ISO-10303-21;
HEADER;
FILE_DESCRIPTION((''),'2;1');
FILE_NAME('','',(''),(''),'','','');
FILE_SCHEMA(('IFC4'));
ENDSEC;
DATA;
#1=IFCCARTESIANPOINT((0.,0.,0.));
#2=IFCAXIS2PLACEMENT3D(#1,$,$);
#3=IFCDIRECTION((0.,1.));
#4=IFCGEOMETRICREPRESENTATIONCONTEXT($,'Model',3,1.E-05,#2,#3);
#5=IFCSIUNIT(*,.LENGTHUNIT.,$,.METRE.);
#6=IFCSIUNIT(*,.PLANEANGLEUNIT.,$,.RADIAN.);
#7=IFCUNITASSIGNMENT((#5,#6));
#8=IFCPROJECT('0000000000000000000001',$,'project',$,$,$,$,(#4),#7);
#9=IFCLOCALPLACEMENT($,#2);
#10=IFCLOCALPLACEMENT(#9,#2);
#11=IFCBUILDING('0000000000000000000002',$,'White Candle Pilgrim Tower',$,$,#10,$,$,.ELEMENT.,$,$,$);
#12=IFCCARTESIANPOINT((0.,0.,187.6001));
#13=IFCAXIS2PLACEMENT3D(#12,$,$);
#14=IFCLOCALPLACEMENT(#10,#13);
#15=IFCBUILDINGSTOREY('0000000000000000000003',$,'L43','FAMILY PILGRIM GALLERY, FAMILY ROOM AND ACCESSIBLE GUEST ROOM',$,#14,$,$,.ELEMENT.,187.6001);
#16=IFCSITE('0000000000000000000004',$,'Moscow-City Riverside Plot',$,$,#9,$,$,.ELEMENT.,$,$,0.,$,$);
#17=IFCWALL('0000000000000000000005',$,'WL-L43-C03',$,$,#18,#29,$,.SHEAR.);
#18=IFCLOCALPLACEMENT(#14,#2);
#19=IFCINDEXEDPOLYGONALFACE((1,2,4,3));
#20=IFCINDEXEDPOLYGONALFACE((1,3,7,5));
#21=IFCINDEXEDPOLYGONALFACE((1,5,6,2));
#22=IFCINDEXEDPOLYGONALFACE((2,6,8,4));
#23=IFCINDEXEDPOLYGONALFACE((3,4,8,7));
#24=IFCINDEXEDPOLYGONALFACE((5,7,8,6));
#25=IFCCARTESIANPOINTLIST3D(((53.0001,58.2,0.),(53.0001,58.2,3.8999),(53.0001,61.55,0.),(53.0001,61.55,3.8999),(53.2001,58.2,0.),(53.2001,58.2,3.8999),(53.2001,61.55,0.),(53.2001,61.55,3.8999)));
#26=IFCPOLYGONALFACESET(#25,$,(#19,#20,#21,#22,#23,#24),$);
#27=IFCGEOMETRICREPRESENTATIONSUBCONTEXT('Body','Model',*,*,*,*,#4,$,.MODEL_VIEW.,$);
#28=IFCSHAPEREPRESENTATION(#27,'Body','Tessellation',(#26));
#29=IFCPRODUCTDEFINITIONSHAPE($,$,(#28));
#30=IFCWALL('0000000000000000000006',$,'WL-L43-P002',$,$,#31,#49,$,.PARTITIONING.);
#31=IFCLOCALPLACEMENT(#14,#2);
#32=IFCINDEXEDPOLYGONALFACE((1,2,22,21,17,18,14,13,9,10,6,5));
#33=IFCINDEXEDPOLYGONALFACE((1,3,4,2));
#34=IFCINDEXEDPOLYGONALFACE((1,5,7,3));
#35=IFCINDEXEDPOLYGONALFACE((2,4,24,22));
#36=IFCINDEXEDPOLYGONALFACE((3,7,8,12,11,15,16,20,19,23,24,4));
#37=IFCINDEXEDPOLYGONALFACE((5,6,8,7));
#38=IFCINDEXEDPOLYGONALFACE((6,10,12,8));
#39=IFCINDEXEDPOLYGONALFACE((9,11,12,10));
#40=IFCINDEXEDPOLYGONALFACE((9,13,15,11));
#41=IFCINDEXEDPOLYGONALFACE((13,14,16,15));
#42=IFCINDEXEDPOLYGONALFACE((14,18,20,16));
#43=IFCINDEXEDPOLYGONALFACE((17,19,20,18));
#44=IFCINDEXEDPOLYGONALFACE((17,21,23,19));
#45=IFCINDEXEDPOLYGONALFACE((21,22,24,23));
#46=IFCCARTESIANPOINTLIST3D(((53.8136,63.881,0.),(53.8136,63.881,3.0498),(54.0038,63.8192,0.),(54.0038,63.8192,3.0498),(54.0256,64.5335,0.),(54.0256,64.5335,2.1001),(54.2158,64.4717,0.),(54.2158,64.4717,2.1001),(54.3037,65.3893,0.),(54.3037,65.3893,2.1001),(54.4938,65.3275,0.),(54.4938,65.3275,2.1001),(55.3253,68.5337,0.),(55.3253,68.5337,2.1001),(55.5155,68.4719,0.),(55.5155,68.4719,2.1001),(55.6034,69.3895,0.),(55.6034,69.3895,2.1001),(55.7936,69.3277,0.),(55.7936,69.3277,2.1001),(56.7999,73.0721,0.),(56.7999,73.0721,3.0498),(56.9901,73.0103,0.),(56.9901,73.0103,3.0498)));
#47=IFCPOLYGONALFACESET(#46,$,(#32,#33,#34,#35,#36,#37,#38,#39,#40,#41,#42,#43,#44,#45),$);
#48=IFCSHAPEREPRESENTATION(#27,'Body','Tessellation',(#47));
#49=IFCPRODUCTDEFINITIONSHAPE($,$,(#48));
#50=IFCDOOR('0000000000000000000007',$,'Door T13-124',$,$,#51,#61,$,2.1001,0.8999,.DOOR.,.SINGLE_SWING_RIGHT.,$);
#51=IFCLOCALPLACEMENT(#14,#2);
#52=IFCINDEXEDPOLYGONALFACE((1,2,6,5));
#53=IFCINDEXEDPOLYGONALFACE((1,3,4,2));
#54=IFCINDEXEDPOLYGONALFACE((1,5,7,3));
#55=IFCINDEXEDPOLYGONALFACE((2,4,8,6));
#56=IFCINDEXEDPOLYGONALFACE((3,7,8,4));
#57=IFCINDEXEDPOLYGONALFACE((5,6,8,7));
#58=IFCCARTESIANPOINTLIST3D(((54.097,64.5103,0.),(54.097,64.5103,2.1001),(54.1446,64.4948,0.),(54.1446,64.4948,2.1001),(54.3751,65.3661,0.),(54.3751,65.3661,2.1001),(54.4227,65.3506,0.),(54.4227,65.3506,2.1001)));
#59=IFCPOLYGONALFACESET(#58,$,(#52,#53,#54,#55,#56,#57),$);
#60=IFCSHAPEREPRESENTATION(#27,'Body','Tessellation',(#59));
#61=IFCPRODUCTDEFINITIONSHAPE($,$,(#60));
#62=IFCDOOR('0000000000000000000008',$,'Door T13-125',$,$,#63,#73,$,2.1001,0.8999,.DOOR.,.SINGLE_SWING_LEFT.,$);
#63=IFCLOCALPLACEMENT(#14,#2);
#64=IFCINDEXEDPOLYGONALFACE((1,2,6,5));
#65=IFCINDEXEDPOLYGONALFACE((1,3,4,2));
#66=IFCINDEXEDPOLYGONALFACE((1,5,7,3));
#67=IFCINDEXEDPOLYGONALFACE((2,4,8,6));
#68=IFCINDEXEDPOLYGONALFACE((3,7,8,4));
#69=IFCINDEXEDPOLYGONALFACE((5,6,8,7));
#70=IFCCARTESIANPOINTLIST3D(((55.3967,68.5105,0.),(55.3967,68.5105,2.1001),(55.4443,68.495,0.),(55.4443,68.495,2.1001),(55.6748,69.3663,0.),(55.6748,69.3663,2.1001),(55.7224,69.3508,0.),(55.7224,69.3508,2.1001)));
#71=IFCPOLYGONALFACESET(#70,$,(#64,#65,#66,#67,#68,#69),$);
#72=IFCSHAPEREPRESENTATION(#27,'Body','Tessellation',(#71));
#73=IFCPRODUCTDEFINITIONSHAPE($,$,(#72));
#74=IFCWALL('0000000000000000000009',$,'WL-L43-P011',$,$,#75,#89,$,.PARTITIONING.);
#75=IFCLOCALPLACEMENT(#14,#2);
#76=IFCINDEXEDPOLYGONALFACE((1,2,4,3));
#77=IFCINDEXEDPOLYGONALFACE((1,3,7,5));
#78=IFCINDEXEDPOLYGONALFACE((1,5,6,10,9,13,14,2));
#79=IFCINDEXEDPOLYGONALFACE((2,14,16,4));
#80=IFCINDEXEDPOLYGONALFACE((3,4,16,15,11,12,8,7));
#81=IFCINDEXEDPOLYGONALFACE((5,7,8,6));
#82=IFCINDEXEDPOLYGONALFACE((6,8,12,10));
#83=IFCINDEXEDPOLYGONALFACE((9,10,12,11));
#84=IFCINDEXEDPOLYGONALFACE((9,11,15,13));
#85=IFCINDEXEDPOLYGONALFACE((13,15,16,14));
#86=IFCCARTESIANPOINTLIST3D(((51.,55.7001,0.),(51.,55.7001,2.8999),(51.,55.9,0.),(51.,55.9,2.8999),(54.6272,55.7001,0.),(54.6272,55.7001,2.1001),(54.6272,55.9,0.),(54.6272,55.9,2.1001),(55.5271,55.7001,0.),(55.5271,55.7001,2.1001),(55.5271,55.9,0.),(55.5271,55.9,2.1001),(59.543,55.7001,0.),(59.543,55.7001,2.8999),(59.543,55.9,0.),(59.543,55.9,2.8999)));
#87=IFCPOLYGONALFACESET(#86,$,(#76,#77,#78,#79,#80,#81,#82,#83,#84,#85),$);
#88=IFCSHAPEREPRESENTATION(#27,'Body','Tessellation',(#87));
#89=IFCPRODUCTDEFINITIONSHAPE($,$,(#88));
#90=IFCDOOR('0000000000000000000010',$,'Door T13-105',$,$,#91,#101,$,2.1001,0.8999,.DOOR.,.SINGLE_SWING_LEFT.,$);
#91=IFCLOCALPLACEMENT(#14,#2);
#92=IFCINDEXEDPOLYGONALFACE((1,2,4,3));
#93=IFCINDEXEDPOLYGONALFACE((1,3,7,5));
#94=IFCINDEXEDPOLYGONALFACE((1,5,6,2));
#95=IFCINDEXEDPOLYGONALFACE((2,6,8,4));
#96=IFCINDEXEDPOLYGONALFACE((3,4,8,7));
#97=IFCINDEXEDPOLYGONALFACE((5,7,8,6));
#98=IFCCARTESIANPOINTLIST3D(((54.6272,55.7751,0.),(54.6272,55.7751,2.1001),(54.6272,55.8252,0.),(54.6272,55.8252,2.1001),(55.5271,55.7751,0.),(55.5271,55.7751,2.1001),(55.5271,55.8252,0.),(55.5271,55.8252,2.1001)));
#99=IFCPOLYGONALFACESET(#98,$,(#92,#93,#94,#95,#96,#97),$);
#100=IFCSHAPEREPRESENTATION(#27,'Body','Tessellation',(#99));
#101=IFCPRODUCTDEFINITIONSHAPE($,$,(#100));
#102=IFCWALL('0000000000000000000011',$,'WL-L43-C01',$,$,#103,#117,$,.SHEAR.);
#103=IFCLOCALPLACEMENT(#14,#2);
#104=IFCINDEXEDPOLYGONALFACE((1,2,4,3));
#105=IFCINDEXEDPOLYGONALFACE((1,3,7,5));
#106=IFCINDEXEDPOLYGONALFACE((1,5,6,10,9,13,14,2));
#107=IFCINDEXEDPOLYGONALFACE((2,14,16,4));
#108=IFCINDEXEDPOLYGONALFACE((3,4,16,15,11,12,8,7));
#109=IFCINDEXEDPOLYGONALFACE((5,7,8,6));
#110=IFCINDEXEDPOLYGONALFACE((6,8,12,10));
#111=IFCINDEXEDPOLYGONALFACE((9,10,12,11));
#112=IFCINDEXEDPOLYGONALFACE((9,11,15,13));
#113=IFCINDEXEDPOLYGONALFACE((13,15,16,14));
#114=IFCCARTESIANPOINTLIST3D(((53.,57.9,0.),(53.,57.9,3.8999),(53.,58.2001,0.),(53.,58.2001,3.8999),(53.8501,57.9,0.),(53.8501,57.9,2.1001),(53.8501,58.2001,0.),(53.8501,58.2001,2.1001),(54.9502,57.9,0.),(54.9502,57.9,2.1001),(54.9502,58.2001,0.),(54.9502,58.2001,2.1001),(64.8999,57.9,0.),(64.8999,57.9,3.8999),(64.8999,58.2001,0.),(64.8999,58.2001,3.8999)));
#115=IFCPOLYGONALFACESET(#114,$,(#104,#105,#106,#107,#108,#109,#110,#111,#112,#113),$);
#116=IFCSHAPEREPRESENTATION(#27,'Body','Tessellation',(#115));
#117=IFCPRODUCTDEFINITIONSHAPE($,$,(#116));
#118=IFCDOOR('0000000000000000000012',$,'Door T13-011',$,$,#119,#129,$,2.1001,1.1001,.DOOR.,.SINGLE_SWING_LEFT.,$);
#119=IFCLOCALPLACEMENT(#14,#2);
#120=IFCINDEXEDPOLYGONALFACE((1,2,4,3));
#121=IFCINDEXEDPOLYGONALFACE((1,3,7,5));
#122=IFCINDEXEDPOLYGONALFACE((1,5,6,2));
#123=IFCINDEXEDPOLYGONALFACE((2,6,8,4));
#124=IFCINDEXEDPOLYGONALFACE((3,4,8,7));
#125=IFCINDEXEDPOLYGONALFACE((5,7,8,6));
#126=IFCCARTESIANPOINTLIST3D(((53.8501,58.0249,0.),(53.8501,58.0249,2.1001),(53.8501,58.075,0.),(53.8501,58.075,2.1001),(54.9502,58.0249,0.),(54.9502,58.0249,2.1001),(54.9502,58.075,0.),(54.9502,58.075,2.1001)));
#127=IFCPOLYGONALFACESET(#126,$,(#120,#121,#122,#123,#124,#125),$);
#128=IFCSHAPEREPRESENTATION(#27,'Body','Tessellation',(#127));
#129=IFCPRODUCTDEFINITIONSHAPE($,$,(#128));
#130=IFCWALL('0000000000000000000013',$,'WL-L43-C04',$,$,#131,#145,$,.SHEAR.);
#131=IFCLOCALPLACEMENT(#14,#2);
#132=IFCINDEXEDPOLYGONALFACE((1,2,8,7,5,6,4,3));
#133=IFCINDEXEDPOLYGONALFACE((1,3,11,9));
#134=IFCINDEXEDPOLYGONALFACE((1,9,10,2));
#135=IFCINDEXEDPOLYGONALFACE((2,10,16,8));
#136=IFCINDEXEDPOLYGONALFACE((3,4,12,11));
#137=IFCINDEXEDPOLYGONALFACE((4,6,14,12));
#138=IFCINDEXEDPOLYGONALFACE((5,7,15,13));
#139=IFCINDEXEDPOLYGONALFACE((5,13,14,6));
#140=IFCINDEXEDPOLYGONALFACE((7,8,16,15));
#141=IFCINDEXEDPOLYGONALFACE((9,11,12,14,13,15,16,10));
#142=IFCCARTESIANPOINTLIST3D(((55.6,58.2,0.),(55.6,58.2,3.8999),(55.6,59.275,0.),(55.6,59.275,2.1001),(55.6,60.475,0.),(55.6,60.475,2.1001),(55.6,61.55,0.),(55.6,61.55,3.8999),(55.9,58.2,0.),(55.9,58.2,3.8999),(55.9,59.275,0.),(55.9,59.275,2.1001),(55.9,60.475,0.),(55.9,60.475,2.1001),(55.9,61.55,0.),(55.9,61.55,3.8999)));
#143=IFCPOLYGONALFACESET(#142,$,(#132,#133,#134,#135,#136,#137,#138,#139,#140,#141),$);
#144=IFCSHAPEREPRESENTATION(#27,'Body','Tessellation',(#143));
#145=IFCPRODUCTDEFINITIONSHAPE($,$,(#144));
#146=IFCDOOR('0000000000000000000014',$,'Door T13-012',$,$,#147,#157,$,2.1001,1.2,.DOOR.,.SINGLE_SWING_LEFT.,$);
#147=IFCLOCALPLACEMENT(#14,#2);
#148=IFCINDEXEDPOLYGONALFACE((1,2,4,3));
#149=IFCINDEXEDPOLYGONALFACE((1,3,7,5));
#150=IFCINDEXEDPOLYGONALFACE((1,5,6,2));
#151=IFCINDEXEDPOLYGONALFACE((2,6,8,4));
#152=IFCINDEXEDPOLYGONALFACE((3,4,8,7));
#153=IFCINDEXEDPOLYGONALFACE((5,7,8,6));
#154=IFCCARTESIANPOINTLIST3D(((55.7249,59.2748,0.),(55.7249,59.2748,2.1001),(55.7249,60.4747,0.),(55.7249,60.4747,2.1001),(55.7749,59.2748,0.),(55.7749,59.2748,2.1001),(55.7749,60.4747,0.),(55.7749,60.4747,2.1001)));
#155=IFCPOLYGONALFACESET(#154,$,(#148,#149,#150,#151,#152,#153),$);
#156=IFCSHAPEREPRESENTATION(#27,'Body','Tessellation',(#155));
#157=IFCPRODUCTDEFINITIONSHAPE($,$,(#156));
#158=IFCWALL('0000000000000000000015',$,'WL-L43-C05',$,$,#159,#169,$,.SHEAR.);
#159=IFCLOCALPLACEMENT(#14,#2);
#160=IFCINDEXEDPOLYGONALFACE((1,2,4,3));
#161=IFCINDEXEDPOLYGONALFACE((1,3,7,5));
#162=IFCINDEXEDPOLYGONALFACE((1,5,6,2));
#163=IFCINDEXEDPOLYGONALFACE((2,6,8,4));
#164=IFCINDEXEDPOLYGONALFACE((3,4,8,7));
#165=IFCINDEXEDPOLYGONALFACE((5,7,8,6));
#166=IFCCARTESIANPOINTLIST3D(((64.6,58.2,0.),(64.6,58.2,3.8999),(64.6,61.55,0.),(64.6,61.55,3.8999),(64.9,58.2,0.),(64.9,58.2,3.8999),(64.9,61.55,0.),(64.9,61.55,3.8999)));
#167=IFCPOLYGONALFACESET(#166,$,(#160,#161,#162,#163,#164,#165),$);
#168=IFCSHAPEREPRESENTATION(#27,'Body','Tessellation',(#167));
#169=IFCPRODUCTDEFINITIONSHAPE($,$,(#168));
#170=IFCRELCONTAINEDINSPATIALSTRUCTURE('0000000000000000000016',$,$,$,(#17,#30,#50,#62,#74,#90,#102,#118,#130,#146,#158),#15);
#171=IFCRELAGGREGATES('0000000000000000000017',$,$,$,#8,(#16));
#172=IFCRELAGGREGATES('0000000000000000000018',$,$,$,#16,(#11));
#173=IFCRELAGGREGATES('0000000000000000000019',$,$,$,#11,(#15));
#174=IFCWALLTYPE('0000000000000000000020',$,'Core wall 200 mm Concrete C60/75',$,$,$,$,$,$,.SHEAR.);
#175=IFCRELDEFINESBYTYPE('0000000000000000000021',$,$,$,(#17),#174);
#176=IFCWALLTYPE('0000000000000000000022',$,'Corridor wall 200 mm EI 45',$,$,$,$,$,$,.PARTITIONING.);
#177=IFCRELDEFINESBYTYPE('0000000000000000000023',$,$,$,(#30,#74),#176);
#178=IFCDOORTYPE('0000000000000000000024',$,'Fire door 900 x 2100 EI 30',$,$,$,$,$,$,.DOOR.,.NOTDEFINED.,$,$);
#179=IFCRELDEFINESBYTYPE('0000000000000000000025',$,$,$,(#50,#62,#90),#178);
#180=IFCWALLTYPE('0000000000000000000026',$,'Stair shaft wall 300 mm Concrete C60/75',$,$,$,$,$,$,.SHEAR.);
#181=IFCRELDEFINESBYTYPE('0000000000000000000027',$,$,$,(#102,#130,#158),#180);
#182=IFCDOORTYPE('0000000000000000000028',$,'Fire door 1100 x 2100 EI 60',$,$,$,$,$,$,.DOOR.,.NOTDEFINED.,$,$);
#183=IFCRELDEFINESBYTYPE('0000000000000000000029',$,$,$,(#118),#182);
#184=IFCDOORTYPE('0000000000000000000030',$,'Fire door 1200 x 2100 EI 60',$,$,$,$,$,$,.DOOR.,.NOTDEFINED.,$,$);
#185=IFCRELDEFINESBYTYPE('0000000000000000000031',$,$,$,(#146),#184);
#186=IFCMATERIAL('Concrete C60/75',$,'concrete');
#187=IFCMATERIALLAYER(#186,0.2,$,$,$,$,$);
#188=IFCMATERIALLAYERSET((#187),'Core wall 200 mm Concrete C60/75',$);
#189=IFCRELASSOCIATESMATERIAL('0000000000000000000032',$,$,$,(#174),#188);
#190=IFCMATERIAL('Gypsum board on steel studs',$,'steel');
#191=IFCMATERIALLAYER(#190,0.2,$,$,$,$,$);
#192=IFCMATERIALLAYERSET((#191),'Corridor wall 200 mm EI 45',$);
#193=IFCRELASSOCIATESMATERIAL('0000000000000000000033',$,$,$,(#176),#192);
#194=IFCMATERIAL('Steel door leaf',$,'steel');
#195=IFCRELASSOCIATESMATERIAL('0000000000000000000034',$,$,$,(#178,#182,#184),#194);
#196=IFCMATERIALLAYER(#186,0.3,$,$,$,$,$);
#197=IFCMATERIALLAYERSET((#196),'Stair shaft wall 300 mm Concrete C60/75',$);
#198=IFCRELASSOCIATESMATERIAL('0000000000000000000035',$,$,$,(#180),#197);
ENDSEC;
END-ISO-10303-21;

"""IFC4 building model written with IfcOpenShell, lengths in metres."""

from ifc_helpers import new_model, si_unit, direction, frame, frame_2d, origin, place, context, subcontext, project, spatial, rectangle, extrude, material, layer, layer_set, type_object, element, fill, save


model = new_model("IFC4")

# Units and contexts
model_context = context("Model", 3, precision=1e-05, world=origin(), true_north=direction((0.0, 1.0)))
body_context = subcontext(model_context, "Body", "Model", "MODEL_VIEW")
ifc_project = project(units=[si_unit("LENGTHUNIT", "METRE"), si_unit("PLANEANGLEUNIT", "RADIAN")], contexts=[model_context])

# Site, building, storey
site_placement = place(None, origin())
site = spatial("IfcSite", under=ifc_project, at=site_placement, Name="Moscow-City Riverside Plot", CompositionType="ELEMENT", RefElevation=0.0)
building_placement = place(site_placement, origin())
building = spatial("IfcBuilding", under=site, at=building_placement, Name="White Candle Pilgrim Tower", CompositionType="ELEMENT")
storey_placement = place(building_placement, frame((0.0, 0.0, 187.6001)))
storey = spatial("IfcBuildingStorey", under=building, at=storey_placement, Name="L43", Description="FAMILY PILGRIM GALLERY, FAMILY ROOM AND ACCESSIBLE GUEST ROOM", CompositionType="ELEMENT", Elevation=187.6001)

# Wall
ifc_material_1 = material(Name="Concrete C60/75", Category="concrete")
ifc_layer_1 = layer(ifc_material_1, 0.2)
ifc_layer_set_1 = layer_set([ifc_layer_1], Name="Core wall 200 mm Concrete C60/75")
wall_type_1 = type_object("IfcWallType", Name="Core wall 200 mm Concrete C60/75", PredefinedType="SHEAR", material=ifc_layer_set_1)
wall_1_placement = place(storey_placement, frame((53.1001, 58.2, 0.0), z_axis=(0.0, 0.0, 1.0), x_axis=(0.0, 1.0, 0.0)))
element("IfcWall", 1, at=wall_1_placement, inside=storey, type_object=wall_type_1, Name="WL-L43-C03", PredefinedType="SHEAR", context=body_context, shape_type="SweptSolid", body=[
    extrude(rectangle(XDim=3.3501, YDim=0.2, at=frame_2d((1.675, 0.0))), origin(), (0.0, 0.0, 1.0), 3.8999),
])

# Wall, openings, doors
ifc_material_2 = material(Name="Gypsum board on steel studs", Category="steel")
ifc_layer_2 = layer(ifc_material_2, 0.2)
ifc_layer_set_2 = layer_set([ifc_layer_2], Name="Corridor wall 200 mm EI 45")
wall_type_2 = type_object("IfcWallType", Name="Corridor wall 200 mm EI 45", PredefinedType="PARTITIONING", material=ifc_layer_set_2)
wall_2_placement = place(storey_placement, frame((53.9087, 63.8501, 0.0), z_axis=(0.0, 0.0, 1.0), x_axis=(0.309011, 0.951058, 0.0)))
wall_2 = element("IfcWall", 2, at=wall_2_placement, inside=storey, type_object=wall_type_2, Name="WL-L43-P002", PredefinedType="PARTITIONING", context=body_context, shape_type="SweptSolid", body=[
    extrude(rectangle(XDim=9.6641, YDim=0.2, at=frame_2d((4.832, 0.0))), origin(), (0.0, 0.0, 1.0), 3.0498),
])
opening_1_placement = place(wall_2_placement, frame((0.686, 0.0, 0.0)))
opening_1 = element("IfcOpeningElement", 3, at=opening_1_placement, cuts=wall_2, PredefinedType="OPENING", context=body_context, shape_type="SweptSolid", body=[
    extrude(rectangle(XDim=0.8999, YDim=2.1001, at=frame_2d((0.45, 1.05))), frame((0.0, 0.1099, 0.0), z_axis=(0.0, -1.0, 0.0), x_axis=(1.0, 0.0, 0.0)), (0.0, 0.0, 1.0), 0.22),
])
opening_2_placement = place(wall_2_placement, frame((4.8921, 0.0, 0.0)))
opening_2 = element("IfcOpeningElement", 4, at=opening_2_placement, cuts=wall_2, PredefinedType="OPENING", context=body_context, shape_type="SweptSolid", body=[
    extrude(rectangle(XDim=0.8999, YDim=2.1001, at=frame_2d((0.45, 1.05))), frame((0.0, 0.1099, 0.0), z_axis=(0.0, -1.0, 0.0), x_axis=(1.0, 0.0, 0.0)), (0.0, 0.0, 1.0), 0.22),
])
ifc_material_3 = material(Name="Steel door leaf", Category="steel")
door_type_1 = type_object("IfcDoorType", Name="Fire door 900 x 2100 EI 30", OperationType="NOTDEFINED", PredefinedType="DOOR", material=ifc_material_3)
door_1_placement = place(opening_1_placement, origin())
door_1 = element("IfcDoor", 5, at=door_1_placement, inside=storey, type_object=door_type_1, Name="Door T13-124", OperationType="SINGLE_SWING_RIGHT", OverallHeight=2.1001, OverallWidth=0.8999, PredefinedType="DOOR", context=body_context, shape_type="SweptSolid", body=[
    extrude(rectangle(XDim=0.8999, YDim=2.1001, at=frame_2d((0.45, 1.05))), frame((0.0, 0.0249, 0.0), z_axis=(0.0, -1.0, 0.0), x_axis=(1.0, 0.0, 0.0)), (0.0, 0.0, 1.0), 0.05),
])
fill(opening_1, door_1)
door_2_placement = place(opening_2_placement, origin())
door_2 = element("IfcDoor", 6, at=door_2_placement, inside=storey, type_object=door_type_1, Name="Door T13-125", OperationType="SINGLE_SWING_LEFT", OverallHeight=2.1001, OverallWidth=0.8999, PredefinedType="DOOR", context=body_context, shape_type="SweptSolid", body=[
    extrude(rectangle(XDim=0.8999, YDim=2.1001, at=frame_2d((0.45, 1.05))), frame((0.0, 0.0249, 0.0), z_axis=(0.0, -1.0, 0.0), x_axis=(1.0, 0.0, 0.0)), (0.0, 0.0, 1.0), 0.05),
])
fill(opening_2, door_2)

# Walls, openings, doors
wall_3_placement = place(storey_placement, frame((59.543, 55.8, 0.0), z_axis=(0.0, 0.0, 1.0), x_axis=(-1.0, 0.0, 0.0)))
wall_3 = element("IfcWall", 7, at=wall_3_placement, inside=storey, type_object=wall_type_2, Name="WL-L43-P011", PredefinedType="PARTITIONING", context=body_context, shape_type="SweptSolid", body=[
    extrude(rectangle(XDim=8.543, YDim=0.2, at=frame_2d((4.2715, 0.0))), origin(), (0.0, 0.0, 1.0), 2.8999),
])
opening_3_placement = place(wall_3_placement, frame((4.0159, 0.0, 0.0)))
opening_3 = element("IfcOpeningElement", 8, at=opening_3_placement, cuts=wall_3, PredefinedType="OPENING", context=body_context, shape_type="SweptSolid", body=[
    extrude(rectangle(XDim=0.8999, YDim=2.1001, at=frame_2d((0.45, 1.05))), frame((0.0, 0.1099, 0.0), z_axis=(0.0, -1.0, 0.0), x_axis=(1.0, 0.0, 0.0)), (0.0, 0.0, 1.0), 0.22),
])
door_3_placement = place(opening_3_placement, origin())
door_3 = element("IfcDoor", 9, at=door_3_placement, inside=storey, type_object=door_type_1, Name="Door T13-105", OperationType="SINGLE_SWING_LEFT", OverallHeight=2.1001, OverallWidth=0.8999, PredefinedType="DOOR", context=body_context, shape_type="SweptSolid", body=[
    extrude(rectangle(XDim=0.8999, YDim=2.1001, at=frame_2d((0.45, 1.05))), frame((0.0, 0.0249, 0.0), z_axis=(0.0, -1.0, 0.0), x_axis=(1.0, 0.0, 0.0)), (0.0, 0.0, 1.0), 0.05),
])
fill(opening_3, door_3)
ifc_layer_3 = layer(ifc_material_1, 0.3)
ifc_layer_set_3 = layer_set([ifc_layer_3], Name="Stair shaft wall 300 mm Concrete C60/75")
wall_type_3 = type_object("IfcWallType", Name="Stair shaft wall 300 mm Concrete C60/75", PredefinedType="SHEAR", material=ifc_layer_set_3)
wall_4_placement = place(storey_placement, frame((53.0, 58.05, 0.0), z_axis=(0.0, 0.0, 1.0), x_axis=(1.0, 0.0, 0.0)))
wall_4 = element("IfcWall", 10, at=wall_4_placement, inside=storey, type_object=wall_type_3, Name="WL-L43-C01", PredefinedType="SHEAR", context=body_context, shape_type="SweptSolid", body=[
    extrude(rectangle(XDim=11.8999, YDim=0.3, at=frame_2d((5.95, 0.0))), origin(), (0.0, 0.0, 1.0), 3.8999),
])
opening_4_placement = place(wall_4_placement, frame((0.8501, 0.0, 0.0)))
opening_4 = element("IfcOpeningElement", 11, at=opening_4_placement, cuts=wall_4, PredefinedType="OPENING", context=body_context, shape_type="SweptSolid", body=[
    extrude(rectangle(XDim=1.1001, YDim=2.1001, at=frame_2d((0.55, 1.05))), frame((0.0, 0.1599, 0.0), z_axis=(0.0, -1.0, 0.0), x_axis=(1.0, 0.0, 0.0)), (0.0, 0.0, 1.0), 0.3201),
])
door_type_2 = type_object("IfcDoorType", Name="Fire door 1100 x 2100 EI 60", OperationType="NOTDEFINED", PredefinedType="DOOR", material=ifc_material_3)
door_4_placement = place(opening_4_placement, origin())
door_4 = element("IfcDoor", 12, at=door_4_placement, inside=storey, type_object=door_type_2, Name="Door T13-011", OperationType="SINGLE_SWING_LEFT", OverallHeight=2.1001, OverallWidth=1.1001, PredefinedType="DOOR", context=body_context, shape_type="SweptSolid", body=[
    extrude(rectangle(XDim=1.1001, YDim=2.1001, at=frame_2d((0.55, 1.05))), frame((0.0, 0.0249, 0.0), z_axis=(0.0, -1.0, 0.0), x_axis=(1.0, 0.0, 0.0)), (0.0, 0.0, 1.0), 0.05),
])
fill(opening_4, door_4)
wall_5_placement = place(storey_placement, frame((55.75, 58.2, 0.0), z_axis=(0.0, 0.0, 1.0), x_axis=(0.0, 1.0, 0.0)))
wall_5 = element("IfcWall", 13, at=wall_5_placement, inside=storey, type_object=wall_type_3, Name="WL-L43-C04", PredefinedType="SHEAR", context=body_context, shape_type="SweptSolid", body=[
    extrude(rectangle(XDim=3.3501, YDim=0.3, at=frame_2d((1.675, 0.0))), origin(), (0.0, 0.0, 1.0), 3.8999),
])
opening_5_placement = place(wall_5_placement, frame((1.075, 0.0, 0.0)))
opening_5 = element("IfcOpeningElement", 14, at=opening_5_placement, cuts=wall_5, PredefinedType="OPENING", context=body_context, shape_type="SweptSolid", body=[
    extrude(rectangle(XDim=1.2, YDim=2.1001, at=frame_2d((0.6001, 1.05))), frame((0.0, 0.1599, 0.0), z_axis=(0.0, -1.0, 0.0), x_axis=(1.0, 0.0, 0.0)), (0.0, 0.0, 1.0), 0.3201),
])
door_type_3 = type_object("IfcDoorType", Name="Fire door 1200 x 2100 EI 60", OperationType="NOTDEFINED", PredefinedType="DOOR", material=ifc_material_3)
door_5_placement = place(opening_5_placement, frame((1.2, 0.0, 0.0), z_axis=(0.0, 0.0, 1.0), x_axis=(-1.0, 0.0, 0.0)))
door_5 = element("IfcDoor", 15, at=door_5_placement, inside=storey, type_object=door_type_3, Name="Door T13-012", OperationType="SINGLE_SWING_LEFT", OverallHeight=2.1001, OverallWidth=1.2, PredefinedType="DOOR", context=body_context, shape_type="SweptSolid", body=[
    extrude(rectangle(XDim=1.2, YDim=2.1001, at=frame_2d((0.6001, 1.05))), frame((0.0, 0.0249, 0.0), z_axis=(0.0, -1.0, 0.0), x_axis=(1.0, 0.0, 0.0)), (0.0, 0.0, 1.0), 0.05),
])
fill(opening_5, door_5)

# Wall
wall_6_placement = place(storey_placement, frame((64.75, 58.2, 0.0), z_axis=(0.0, 0.0, 1.0), x_axis=(0.0, 1.0, 0.0)))
element("IfcWall", 16, at=wall_6_placement, inside=storey, type_object=wall_type_3, Name="WL-L43-C05", PredefinedType="SHEAR", context=body_context, shape_type="SweptSolid", body=[
    extrude(rectangle(XDim=3.3501, YDim=0.3, at=frame_2d((1.675, 0.0))), origin(), (0.0, 0.0, 1.0), 3.8999),
])

save(model, "model.ifc")
